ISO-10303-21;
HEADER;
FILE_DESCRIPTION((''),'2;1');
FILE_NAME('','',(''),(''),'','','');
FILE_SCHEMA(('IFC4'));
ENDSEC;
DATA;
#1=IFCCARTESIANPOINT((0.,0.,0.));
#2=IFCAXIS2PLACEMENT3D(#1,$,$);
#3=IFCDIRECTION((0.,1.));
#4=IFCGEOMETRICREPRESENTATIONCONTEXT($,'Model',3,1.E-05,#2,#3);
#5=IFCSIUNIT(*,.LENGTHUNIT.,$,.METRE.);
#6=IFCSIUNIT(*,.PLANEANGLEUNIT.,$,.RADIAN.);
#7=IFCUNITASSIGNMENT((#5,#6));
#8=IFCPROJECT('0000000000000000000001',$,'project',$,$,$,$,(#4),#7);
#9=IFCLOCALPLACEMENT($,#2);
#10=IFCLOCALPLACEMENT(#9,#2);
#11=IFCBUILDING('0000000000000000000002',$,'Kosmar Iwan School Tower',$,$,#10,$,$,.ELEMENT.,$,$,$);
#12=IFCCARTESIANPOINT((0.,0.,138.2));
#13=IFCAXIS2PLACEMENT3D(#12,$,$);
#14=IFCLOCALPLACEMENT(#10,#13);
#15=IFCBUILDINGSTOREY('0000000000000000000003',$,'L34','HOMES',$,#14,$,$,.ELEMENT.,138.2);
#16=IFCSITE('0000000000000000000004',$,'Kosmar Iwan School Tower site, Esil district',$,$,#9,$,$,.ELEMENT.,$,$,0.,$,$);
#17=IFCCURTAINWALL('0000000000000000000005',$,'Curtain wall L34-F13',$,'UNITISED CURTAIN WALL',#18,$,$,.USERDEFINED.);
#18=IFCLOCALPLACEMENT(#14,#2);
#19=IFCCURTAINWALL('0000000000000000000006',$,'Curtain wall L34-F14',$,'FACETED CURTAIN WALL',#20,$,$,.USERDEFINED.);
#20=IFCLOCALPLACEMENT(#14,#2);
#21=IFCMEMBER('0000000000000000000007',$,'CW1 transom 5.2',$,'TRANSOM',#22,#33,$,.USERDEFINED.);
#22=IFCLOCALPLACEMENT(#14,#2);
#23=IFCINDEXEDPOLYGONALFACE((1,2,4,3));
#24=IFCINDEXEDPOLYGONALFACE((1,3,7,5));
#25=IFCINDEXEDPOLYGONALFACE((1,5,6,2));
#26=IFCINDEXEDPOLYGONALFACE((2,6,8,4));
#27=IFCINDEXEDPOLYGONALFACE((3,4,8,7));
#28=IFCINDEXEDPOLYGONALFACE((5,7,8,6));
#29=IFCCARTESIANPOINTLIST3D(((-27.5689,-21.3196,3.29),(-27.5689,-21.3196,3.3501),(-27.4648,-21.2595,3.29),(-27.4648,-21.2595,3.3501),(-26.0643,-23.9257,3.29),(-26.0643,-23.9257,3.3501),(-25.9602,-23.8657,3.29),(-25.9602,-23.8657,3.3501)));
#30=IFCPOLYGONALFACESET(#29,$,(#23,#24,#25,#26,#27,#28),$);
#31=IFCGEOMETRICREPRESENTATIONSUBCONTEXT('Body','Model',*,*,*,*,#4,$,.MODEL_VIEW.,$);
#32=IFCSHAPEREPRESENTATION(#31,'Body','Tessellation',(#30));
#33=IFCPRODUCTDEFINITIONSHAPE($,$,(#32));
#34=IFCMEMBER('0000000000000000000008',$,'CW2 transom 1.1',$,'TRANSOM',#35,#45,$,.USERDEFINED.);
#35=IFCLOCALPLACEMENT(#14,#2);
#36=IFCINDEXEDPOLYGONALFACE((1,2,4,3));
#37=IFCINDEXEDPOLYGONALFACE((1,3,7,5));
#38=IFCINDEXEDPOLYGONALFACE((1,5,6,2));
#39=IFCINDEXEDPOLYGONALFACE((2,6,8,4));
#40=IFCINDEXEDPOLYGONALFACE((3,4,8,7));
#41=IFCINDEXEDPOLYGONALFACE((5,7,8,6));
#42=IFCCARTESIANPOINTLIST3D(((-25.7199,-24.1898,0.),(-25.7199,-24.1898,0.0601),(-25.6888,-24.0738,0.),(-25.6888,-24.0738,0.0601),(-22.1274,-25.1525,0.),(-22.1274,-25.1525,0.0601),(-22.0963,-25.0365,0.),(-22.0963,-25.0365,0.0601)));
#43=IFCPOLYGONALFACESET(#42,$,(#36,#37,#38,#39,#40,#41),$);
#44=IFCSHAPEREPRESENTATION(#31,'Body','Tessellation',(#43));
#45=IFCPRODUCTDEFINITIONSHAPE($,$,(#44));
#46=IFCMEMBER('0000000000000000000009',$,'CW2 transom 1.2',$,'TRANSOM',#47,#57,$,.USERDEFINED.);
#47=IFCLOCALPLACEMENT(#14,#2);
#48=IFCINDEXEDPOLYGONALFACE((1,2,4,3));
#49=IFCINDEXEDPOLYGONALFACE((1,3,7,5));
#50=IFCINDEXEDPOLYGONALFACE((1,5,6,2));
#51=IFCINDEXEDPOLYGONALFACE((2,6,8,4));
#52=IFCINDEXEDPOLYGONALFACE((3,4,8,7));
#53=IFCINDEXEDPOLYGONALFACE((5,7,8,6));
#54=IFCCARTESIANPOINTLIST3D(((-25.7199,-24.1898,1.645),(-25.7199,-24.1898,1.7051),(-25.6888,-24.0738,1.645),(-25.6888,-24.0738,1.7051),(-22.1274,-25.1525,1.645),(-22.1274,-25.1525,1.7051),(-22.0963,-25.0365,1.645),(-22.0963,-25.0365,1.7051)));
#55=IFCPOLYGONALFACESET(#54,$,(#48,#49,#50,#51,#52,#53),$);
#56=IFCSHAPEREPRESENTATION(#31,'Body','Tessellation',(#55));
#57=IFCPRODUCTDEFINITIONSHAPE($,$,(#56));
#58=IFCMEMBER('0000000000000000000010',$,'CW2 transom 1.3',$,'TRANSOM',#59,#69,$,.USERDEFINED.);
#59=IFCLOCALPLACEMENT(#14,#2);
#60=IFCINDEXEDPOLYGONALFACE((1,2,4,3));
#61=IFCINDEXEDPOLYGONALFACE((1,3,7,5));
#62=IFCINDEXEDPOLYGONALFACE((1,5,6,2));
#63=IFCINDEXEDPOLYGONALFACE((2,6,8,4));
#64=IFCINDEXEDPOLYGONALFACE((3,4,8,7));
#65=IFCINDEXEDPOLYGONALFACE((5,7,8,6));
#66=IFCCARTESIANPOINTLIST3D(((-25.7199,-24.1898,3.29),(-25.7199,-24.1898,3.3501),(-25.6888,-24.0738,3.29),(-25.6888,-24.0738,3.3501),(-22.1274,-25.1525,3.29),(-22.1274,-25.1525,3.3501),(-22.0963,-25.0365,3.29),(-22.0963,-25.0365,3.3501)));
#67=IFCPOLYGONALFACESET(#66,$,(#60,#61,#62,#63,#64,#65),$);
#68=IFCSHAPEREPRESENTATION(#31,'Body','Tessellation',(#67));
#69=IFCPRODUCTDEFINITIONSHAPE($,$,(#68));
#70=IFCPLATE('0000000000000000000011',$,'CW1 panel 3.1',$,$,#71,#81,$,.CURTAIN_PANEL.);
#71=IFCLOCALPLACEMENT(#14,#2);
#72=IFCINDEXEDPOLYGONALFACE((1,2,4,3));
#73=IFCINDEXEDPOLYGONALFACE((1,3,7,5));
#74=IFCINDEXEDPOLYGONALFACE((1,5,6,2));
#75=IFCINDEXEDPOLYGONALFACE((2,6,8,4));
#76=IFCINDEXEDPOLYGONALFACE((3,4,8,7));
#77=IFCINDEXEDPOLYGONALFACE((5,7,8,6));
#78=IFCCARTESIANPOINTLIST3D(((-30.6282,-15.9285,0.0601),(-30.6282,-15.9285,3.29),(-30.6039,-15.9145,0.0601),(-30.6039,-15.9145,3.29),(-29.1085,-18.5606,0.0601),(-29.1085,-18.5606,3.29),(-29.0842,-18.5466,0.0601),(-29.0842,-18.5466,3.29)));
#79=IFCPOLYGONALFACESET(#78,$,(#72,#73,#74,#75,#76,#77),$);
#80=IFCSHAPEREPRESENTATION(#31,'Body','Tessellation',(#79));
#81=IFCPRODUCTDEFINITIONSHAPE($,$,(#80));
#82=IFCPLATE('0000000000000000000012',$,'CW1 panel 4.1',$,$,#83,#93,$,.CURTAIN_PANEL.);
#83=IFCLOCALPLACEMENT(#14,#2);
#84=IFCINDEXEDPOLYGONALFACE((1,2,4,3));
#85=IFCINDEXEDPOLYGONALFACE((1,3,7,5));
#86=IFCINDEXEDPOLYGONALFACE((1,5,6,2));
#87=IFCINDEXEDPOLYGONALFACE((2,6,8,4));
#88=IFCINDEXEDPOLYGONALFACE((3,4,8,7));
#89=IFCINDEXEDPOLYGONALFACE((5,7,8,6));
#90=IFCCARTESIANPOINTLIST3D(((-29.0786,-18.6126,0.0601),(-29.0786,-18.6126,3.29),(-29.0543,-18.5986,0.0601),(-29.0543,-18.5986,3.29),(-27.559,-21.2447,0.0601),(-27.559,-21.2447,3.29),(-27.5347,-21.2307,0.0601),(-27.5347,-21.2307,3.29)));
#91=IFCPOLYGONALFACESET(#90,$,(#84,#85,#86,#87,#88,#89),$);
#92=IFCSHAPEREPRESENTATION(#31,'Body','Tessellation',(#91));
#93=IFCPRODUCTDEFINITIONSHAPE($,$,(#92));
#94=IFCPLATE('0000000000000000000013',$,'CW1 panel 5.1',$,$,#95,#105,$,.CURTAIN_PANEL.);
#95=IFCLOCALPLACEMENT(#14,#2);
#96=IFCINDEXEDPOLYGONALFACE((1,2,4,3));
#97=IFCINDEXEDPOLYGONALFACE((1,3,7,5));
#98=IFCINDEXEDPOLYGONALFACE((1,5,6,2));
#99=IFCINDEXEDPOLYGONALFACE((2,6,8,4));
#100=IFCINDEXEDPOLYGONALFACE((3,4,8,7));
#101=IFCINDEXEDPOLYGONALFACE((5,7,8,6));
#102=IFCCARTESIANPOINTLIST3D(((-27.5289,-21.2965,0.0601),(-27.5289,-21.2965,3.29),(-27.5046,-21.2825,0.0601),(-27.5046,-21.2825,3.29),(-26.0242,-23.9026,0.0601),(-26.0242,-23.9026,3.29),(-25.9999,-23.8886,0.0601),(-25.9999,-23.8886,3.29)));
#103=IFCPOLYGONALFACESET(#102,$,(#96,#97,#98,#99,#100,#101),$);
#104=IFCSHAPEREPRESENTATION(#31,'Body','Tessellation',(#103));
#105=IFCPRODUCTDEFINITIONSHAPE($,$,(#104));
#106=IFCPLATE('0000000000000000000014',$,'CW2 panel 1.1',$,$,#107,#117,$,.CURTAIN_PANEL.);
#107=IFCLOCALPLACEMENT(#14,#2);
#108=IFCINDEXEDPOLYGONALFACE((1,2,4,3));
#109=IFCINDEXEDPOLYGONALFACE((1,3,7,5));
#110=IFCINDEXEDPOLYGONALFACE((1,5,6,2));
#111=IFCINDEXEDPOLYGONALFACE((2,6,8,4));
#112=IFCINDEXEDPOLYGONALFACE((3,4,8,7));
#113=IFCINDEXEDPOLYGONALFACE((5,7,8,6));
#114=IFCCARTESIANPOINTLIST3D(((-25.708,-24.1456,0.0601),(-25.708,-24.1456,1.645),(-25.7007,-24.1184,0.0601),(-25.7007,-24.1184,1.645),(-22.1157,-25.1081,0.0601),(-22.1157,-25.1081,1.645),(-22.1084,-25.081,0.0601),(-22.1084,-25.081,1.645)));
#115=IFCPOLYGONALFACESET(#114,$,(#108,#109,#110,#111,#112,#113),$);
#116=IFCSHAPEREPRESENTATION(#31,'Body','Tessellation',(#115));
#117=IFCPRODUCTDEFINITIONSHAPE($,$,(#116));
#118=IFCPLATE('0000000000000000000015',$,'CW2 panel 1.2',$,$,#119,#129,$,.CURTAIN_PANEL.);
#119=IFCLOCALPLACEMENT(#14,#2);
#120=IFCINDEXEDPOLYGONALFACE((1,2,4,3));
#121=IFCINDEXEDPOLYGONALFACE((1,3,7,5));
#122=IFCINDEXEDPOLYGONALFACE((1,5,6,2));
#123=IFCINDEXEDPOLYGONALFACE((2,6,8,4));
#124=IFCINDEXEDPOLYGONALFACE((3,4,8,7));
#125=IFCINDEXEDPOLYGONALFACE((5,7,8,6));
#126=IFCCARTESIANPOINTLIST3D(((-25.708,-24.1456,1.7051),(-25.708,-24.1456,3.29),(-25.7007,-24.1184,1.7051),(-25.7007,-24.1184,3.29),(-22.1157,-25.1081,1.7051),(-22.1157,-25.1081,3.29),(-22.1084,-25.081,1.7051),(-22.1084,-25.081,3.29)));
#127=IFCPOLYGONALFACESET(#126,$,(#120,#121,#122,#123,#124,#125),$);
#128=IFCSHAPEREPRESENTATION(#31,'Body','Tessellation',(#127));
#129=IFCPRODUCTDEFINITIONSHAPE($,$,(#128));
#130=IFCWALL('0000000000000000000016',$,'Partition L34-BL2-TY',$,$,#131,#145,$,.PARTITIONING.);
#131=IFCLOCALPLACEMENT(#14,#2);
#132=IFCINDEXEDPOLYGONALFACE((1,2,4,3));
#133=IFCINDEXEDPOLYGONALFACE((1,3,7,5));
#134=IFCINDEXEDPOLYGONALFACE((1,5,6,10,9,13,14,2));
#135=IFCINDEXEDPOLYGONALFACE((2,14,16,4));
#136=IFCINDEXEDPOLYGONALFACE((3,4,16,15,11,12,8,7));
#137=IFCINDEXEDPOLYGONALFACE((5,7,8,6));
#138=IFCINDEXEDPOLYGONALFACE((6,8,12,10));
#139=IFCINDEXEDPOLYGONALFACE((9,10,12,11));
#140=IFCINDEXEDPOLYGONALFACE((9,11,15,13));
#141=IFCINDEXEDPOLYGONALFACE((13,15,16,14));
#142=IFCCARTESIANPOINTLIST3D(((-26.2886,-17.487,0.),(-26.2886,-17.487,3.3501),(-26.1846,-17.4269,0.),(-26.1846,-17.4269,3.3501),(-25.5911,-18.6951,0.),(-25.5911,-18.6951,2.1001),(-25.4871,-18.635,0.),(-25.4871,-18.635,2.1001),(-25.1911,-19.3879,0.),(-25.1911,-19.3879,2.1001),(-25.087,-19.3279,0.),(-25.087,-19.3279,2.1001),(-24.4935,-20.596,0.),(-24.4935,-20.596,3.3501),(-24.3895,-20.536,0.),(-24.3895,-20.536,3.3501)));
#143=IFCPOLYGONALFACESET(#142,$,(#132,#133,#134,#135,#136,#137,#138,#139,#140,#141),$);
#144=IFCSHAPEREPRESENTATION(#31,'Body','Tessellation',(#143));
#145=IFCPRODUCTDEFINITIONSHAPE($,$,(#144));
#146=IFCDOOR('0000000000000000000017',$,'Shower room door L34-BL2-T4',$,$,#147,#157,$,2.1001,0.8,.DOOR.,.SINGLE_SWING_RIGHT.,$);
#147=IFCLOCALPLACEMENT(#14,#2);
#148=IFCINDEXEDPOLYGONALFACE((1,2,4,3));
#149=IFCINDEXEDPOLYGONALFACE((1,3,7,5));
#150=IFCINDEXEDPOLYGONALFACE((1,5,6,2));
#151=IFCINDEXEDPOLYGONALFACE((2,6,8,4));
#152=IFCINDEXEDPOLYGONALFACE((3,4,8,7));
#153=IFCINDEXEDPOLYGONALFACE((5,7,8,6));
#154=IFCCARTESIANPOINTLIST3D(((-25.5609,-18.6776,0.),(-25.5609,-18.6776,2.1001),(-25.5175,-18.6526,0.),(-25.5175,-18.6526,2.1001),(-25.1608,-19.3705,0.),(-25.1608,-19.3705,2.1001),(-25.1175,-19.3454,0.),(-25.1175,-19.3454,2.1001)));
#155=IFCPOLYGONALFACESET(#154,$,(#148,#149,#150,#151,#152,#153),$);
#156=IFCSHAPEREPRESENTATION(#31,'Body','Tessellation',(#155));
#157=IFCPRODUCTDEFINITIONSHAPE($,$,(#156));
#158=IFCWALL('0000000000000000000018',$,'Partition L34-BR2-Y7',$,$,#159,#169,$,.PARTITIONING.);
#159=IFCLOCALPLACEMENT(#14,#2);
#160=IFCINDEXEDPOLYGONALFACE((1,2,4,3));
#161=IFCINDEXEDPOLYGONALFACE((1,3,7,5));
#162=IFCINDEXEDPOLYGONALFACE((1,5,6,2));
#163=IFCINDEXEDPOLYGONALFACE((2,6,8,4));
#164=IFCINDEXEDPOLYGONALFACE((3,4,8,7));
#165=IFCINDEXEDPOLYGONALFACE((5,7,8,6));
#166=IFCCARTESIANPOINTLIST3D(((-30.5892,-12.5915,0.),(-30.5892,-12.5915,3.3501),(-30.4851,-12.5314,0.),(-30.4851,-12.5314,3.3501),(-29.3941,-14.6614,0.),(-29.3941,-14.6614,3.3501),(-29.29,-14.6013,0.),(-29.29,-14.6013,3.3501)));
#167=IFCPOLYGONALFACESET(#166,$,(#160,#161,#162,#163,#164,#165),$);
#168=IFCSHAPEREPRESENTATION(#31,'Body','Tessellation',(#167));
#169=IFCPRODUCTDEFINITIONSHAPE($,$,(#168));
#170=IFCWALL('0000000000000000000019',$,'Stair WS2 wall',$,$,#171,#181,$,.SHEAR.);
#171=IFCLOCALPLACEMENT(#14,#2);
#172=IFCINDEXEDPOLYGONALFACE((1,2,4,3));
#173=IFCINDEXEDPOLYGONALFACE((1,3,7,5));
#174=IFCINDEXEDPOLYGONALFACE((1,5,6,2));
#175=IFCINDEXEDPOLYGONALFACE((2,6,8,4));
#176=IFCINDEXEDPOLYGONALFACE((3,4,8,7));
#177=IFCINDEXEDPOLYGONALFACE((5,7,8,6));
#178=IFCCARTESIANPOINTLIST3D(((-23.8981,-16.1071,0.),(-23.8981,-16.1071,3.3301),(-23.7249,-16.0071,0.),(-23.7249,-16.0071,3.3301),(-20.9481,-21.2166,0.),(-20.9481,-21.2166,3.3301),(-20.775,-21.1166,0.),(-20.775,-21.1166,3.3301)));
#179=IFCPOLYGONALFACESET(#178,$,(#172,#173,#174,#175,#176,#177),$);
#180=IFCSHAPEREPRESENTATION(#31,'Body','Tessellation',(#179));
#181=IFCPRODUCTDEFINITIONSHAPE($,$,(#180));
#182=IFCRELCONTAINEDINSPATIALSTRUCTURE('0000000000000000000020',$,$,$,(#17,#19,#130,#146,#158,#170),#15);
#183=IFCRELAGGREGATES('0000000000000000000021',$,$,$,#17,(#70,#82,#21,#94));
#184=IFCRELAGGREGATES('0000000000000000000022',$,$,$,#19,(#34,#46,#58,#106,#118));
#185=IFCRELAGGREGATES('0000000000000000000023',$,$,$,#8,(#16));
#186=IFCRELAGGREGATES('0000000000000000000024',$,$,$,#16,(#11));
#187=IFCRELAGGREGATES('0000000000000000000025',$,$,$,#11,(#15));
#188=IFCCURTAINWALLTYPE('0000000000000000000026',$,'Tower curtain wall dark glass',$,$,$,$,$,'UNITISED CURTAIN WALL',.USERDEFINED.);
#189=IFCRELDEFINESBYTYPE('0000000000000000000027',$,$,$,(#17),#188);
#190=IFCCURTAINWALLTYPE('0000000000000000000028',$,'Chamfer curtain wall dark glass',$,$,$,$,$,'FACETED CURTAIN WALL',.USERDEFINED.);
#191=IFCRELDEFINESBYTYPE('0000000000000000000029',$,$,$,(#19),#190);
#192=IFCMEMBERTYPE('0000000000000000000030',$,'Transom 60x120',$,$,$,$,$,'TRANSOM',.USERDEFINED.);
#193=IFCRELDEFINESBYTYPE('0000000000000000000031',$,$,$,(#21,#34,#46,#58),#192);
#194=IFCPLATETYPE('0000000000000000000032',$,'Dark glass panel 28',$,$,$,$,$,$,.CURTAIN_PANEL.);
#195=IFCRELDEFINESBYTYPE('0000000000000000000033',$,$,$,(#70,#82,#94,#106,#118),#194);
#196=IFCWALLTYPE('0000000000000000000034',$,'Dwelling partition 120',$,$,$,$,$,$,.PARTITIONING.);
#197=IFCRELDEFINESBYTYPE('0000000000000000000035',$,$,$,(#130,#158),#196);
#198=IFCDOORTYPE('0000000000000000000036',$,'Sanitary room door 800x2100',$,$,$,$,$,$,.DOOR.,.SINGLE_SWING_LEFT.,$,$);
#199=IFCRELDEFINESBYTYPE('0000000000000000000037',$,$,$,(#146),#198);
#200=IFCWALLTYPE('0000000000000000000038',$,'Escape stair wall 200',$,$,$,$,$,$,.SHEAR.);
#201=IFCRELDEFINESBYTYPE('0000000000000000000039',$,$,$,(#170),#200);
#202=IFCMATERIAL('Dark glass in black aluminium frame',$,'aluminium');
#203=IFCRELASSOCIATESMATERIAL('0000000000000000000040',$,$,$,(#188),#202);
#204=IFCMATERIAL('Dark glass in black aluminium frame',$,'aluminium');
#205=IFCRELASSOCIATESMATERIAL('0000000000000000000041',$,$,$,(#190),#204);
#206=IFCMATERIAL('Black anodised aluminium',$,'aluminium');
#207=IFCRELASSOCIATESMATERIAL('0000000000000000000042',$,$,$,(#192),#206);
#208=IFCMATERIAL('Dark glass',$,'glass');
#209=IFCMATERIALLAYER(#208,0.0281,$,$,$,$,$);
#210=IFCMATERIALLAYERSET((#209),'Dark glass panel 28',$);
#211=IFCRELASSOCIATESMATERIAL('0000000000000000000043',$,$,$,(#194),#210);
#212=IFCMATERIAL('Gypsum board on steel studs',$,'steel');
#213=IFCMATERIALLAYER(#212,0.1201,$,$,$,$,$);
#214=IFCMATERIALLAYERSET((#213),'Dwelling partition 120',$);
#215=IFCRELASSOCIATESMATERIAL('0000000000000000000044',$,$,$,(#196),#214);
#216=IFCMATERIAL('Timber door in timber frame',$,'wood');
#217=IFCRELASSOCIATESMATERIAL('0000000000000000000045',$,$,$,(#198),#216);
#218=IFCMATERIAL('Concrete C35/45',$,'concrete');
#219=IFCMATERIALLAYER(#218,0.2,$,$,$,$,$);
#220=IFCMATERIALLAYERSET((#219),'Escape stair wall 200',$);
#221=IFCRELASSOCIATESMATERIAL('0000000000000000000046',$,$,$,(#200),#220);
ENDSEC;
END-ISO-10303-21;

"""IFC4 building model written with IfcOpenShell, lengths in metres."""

from ifc_helpers import new_model, si_unit, direction, frame, frame_2d, origin, origin_2d, place, context, subcontext, project, spatial, rectangle, extrude, material, layer, layer_set, material_profile, profile_set, type_object, element, fill, aggregate, save


model = new_model("IFC4")

# Units and contexts
model_context = context("Model", 3, precision=1e-05, world=origin(), true_north=direction((0.0, 1.0)))
body_context = subcontext(model_context, "Body", "Model", "MODEL_VIEW")
ifc_project = project(units=[si_unit("LENGTHUNIT", "METRE"), si_unit("PLANEANGLEUNIT", "RADIAN")], contexts=[model_context])

# Site, building, storey
site_placement = place(None, origin())
site = spatial("IfcSite", under=ifc_project, at=site_placement, Name="Kosmar Iwan School Tower site, Esil district", CompositionType="ELEMENT", RefElevation=0.0)
building_placement = place(site_placement, origin())
building = spatial("IfcBuilding", under=site, at=building_placement, Name="Kosmar Iwan School Tower", CompositionType="ELEMENT")
storey_placement = place(building_placement, frame((0.0, 0.0, 138.2)))
storey = spatial("IfcBuildingStorey", under=building, at=storey_placement, Name="L34", Description="HOMES", CompositionType="ELEMENT", Elevation=138.2)

# Curtain wall
ifc_material_1 = material(Name="Dark glass in black aluminium frame", Category="aluminium")
curtain_wall_type_1 = type_object("IfcCurtainWallType", Name="Tower curtain wall dark glass", ElementType="UNITISED CURTAIN WALL", PredefinedType="USERDEFINED", material=ifc_material_1)
curtain_wall_1_placement = place(storey_placement, origin())
curtain_wall_1 = element("IfcCurtainWall", 1, at=curtain_wall_1_placement, inside=storey, type_object=curtain_wall_type_1, Name="Curtain wall L34-F13", ObjectType="UNITISED CURTAIN WALL", PredefinedType="USERDEFINED")

# Curtain wall
ifc_material_2 = material(Name="Dark glass in black aluminium frame", Category="aluminium")
curtain_wall_type_2 = type_object("IfcCurtainWallType", Name="Chamfer curtain wall dark glass", ElementType="FACETED CURTAIN WALL", PredefinedType="USERDEFINED", material=ifc_material_2)
curtain_wall_2_placement = place(storey_placement, origin())
curtain_wall_2 = element("IfcCurtainWall", 2, at=curtain_wall_2_placement, inside=storey, type_object=curtain_wall_type_2, Name="Curtain wall L34-F14", ObjectType="FACETED CURTAIN WALL", PredefinedType="USERDEFINED")

# Members
ifc_material_3 = material(Name="Black anodised aluminium", Category="aluminium")
ifc_material_profile_1 = material_profile(ifc_material_3, rectangle(XDim=0.1201, YDim=0.0601, at=origin_2d()), Name="TRANSOM 60x120")
ifc_profile_set_1 = profile_set([ifc_material_profile_1], Name="Black anodised aluminium")
member_type_1 = type_object("IfcMemberType", Name="Transom 60x120", ElementType="TRANSOM", PredefinedType="USERDEFINED", material=ifc_profile_set_1)
member_1_placement = place(storey_placement, frame((-27.5168, -21.2896, 3.3201), z_axis=(0.499987, -0.866033, 0.0), x_axis=(0.866033, 0.499987, 0.0)))
member_1 = element("IfcMember", 3, at=member_1_placement, type_object=member_type_1, Name="CW1 transom 5.2", ObjectType="TRANSOM", PredefinedType="USERDEFINED", context=body_context, shape_type="SweptSolid", body=[
    extrude(rectangle(XDim=0.1201, YDim=0.0601, at=origin_2d()), origin(), (0.0, 0.0, 1.0), 3.0093),
])
member_2_placement = place(storey_placement, frame((-25.7043, -24.1318, 0.03), z_axis=(0.965924, -0.258827, 0.0), x_axis=(0.258827, 0.965924, 0.0)))
member_2 = element("IfcMember", 4, at=member_2_placement, type_object=member_type_1, Name="CW2 transom 1.1", ObjectType="TRANSOM", PredefinedType="USERDEFINED", context=body_context, shape_type="SweptSolid", body=[
    extrude(rectangle(XDim=0.1201, YDim=0.0601, at=origin_2d()), origin(), (0.0, 0.0, 1.0), 3.7192),
])
member_3_placement = place(storey_placement, frame((-25.7043, -24.1318, 1.675), z_axis=(0.965924, -0.258827, 0.0), x_axis=(0.258827, 0.965924, 0.0)))
member_3 = element("IfcMember", 5, at=member_3_placement, type_object=member_type_1, Name="CW2 transom 1.2", ObjectType="TRANSOM", PredefinedType="USERDEFINED", context=body_context, shape_type="SweptSolid", body=[
    extrude(rectangle(XDim=0.1201, YDim=0.0601, at=origin_2d()), origin(), (0.0, 0.0, 1.0), 3.7192),
])
member_4_placement = place(storey_placement, frame((-25.7043, -24.1318, 3.3201), z_axis=(0.965924, -0.258827, 0.0), x_axis=(0.258827, 0.965924, 0.0)))
member_4 = element("IfcMember", 6, at=member_4_placement, type_object=member_type_1, Name="CW2 transom 1.3", ObjectType="TRANSOM", PredefinedType="USERDEFINED", context=body_context, shape_type="SweptSolid", body=[
    extrude(rectangle(XDim=0.1201, YDim=0.0601, at=origin_2d()), origin(), (0.0, 0.0, 1.0), 3.7192),
])

# Plates
ifc_material_4 = material(Name="Dark glass", Category="glass")
ifc_layer_1 = layer(ifc_material_4, 0.0281)
ifc_layer_set_1 = layer_set([ifc_layer_1], Name="Dark glass panel 28")
plate_type = type_object("IfcPlateType", Name="Dark glass panel 28", PredefinedType="CURTAIN_PANEL", material=ifc_layer_set_1)
plate_1_placement = place(storey_placement, frame((-29.8562, -17.2375, 0.0601), z_axis=(0.0, 0.0, 1.0), x_axis=(0.5, -0.866025, 0.0)))
plate_1 = element("IfcPlate", 7, at=plate_1_placement, type_object=plate_type, Name="CW1 panel 3.1", PredefinedType="CURTAIN_PANEL", context=body_context, shape_type="SweptSolid", body=[
    extrude(rectangle(XDim=3.0393, YDim=0.0281, at=origin_2d()), origin(), (0.0, 0.0, 1.0), 3.23),
])
plate_2_placement = place(storey_placement, frame((-28.3066, -19.9216, 0.0601), z_axis=(0.0, 0.0, 1.0), x_axis=(0.5, -0.866025, 0.0)))
plate_2 = element("IfcPlate", 8, at=plate_2_placement, type_object=plate_type, Name="CW1 panel 4.1", PredefinedType="CURTAIN_PANEL", context=body_context, shape_type="SweptSolid", body=[
    extrude(rectangle(XDim=3.0393, YDim=0.0281, at=origin_2d()), origin(), (0.0, 0.0, 1.0), 3.23),
])
plate_3_placement = place(storey_placement, frame((-26.7644, -22.5925, 0.0601), z_axis=(0.0, 0.0, 1.0), x_axis=(0.5, -0.866025, 0.0)))
plate_3 = element("IfcPlate", 9, at=plate_3_placement, type_object=plate_type, Name="CW1 panel 5.1", PredefinedType="CURTAIN_PANEL", context=body_context, shape_type="SweptSolid", body=[
    extrude(rectangle(XDim=3.0093, YDim=0.0281, at=origin_2d()), origin(), (0.0, 0.0, 1.0), 3.23),
])
aggregate(curtain_wall_1, [plate_1, plate_2, member_1, plate_3])
plate_4_placement = place(storey_placement, frame((-23.9082, -24.6133, 0.0601), z_axis=(0.0, 0.0, 1.0), x_axis=(0.965926, -0.258819, 0.0)))
plate_4 = element("IfcPlate", 10, at=plate_4_placement, type_object=plate_type, Name="CW2 panel 1.1", PredefinedType="CURTAIN_PANEL", context=body_context, shape_type="SweptSolid", body=[
    extrude(rectangle(XDim=3.719, YDim=0.0281, at=origin_2d()), origin(), (0.0, 0.0, 1.0), 1.585),
])
plate_5_placement = place(storey_placement, frame((-23.9082, -24.6133, 1.7051), z_axis=(0.0, 0.0, 1.0), x_axis=(0.965926, -0.258819, 0.0)))
plate_5 = element("IfcPlate", 11, at=plate_5_placement, type_object=plate_type, Name="CW2 panel 1.2", PredefinedType="CURTAIN_PANEL", context=body_context, shape_type="SweptSolid", body=[
    extrude(rectangle(XDim=3.719, YDim=0.0281, at=origin_2d()), origin(), (0.0, 0.0, 1.0), 1.585),
])
aggregate(curtain_wall_2, [member_2, member_3, member_4, plate_4, plate_5])

# Wall, opening, door
ifc_material_5 = material(Name="Gypsum board on steel studs", Category="steel")
ifc_layer_2 = layer(ifc_material_5, 0.1201)
ifc_layer_set_2 = layer_set([ifc_layer_2], Name="Dwelling partition 120")
wall_type_1 = type_object("IfcWallType", Name="Dwelling partition 120", PredefinedType="PARTITIONING", material=ifc_layer_set_2)
wall_1_placement = place(storey_placement, frame((-26.2366, -17.457, 0.0), z_axis=(0.0, 0.0, 1.0), x_axis=(0.500023, -0.866012, 0.0)))
wall_1 = element("IfcWall", 12, at=wall_1_placement, inside=storey, type_object=wall_type_1, Name="Partition L34-BL2-TY", PredefinedType="PARTITIONING", context=body_context, shape_type="SweptSolid", body=[
    extrude(rectangle(XDim=3.5901, YDim=0.1201, at=frame_2d((1.7949, 0.0))), origin(), (0.0, 0.0, 1.0), 3.3501),
])
opening_placement = place(wall_1_placement, frame((1.395, 0.0, 0.0)))
opening = element("IfcOpeningElement", 13, at=opening_placement, cuts=wall_1, PredefinedType="OPENING", context=body_context, shape_type="SweptSolid", body=[
    extrude(rectangle(XDim=0.8, YDim=2.1001, at=frame_2d((0.3999, 1.05))), frame((0.0, 0.072, 0.0), z_axis=(0.0, -1.0, 0.0), x_axis=(1.0, 0.0, 0.0)), (0.0, 0.0, 1.0), 0.144),
])
ifc_material_6 = material(Name="Timber door in timber frame", Category="wood")
door_type = type_object("IfcDoorType", Name="Sanitary room door 800x2100", OperationType="SINGLE_SWING_LEFT", PredefinedType="DOOR", material=ifc_material_6)
door_placement = place(opening_placement, origin())
door = element("IfcDoor", 14, at=door_placement, inside=storey, type_object=door_type, Name="Shower room door L34-BL2-T4", OperationType="SINGLE_SWING_RIGHT", OverallHeight=2.1001, OverallWidth=0.8, PredefinedType="DOOR", context=body_context, shape_type="SweptSolid", body=[
    extrude(rectangle(XDim=0.8, YDim=2.1001, at=frame_2d((0.3999, 1.05))), frame((0.0, 0.0249, 0.0), z_axis=(0.0, -1.0, 0.0), x_axis=(1.0, 0.0, 0.0)), (0.0, 0.0, 1.0), 0.05),
])
fill(opening, door)

# Walls
wall_2_placement = place(storey_placement, frame((-29.342, -14.6313, 0.0), z_axis=(0.0, 0.0, 1.0), x_axis=(-0.500017, 0.866015, 0.0)))
element("IfcWall", 15, at=wall_2_placement, inside=storey, type_object=wall_type_1, Name="Partition L34-BR2-Y7", PredefinedType="PARTITIONING", context=body_context, shape_type="SweptSolid", body=[
    extrude(rectangle(XDim=2.3901, YDim=0.1201, at=frame_2d((1.1951, 0.0))), origin(), (0.0, 0.0, 1.0), 3.3501),
])
ifc_material_7 = material(Name="Concrete C35/45", Category="concrete")
ifc_layer_3 = layer(ifc_material_7, 0.2)
ifc_layer_set_3 = layer_set([ifc_layer_3], Name="Escape stair wall 200")
wall_type_2 = type_object("IfcWallType", Name="Escape stair wall 200", PredefinedType="SHEAR", material=ifc_layer_set_3)
wall_3_placement = place(storey_placement, frame((-23.8115, -16.0571, 0.0), z_axis=(0.0, 0.0, 1.0), x_axis=(0.500007, -0.866022, 0.0)))
element("IfcWall", 16, at=wall_3_placement, inside=storey, type_object=wall_type_2, Name="Stair WS2 wall", PredefinedType="SHEAR", context=body_context, shape_type="SweptSolid", body=[
    extrude(rectangle(XDim=5.8999, YDim=0.2, at=frame_2d((2.95, 0.0))), origin(), (0.0, 0.0, 1.0), 3.3301),
])

save(model, "model.ifc")
